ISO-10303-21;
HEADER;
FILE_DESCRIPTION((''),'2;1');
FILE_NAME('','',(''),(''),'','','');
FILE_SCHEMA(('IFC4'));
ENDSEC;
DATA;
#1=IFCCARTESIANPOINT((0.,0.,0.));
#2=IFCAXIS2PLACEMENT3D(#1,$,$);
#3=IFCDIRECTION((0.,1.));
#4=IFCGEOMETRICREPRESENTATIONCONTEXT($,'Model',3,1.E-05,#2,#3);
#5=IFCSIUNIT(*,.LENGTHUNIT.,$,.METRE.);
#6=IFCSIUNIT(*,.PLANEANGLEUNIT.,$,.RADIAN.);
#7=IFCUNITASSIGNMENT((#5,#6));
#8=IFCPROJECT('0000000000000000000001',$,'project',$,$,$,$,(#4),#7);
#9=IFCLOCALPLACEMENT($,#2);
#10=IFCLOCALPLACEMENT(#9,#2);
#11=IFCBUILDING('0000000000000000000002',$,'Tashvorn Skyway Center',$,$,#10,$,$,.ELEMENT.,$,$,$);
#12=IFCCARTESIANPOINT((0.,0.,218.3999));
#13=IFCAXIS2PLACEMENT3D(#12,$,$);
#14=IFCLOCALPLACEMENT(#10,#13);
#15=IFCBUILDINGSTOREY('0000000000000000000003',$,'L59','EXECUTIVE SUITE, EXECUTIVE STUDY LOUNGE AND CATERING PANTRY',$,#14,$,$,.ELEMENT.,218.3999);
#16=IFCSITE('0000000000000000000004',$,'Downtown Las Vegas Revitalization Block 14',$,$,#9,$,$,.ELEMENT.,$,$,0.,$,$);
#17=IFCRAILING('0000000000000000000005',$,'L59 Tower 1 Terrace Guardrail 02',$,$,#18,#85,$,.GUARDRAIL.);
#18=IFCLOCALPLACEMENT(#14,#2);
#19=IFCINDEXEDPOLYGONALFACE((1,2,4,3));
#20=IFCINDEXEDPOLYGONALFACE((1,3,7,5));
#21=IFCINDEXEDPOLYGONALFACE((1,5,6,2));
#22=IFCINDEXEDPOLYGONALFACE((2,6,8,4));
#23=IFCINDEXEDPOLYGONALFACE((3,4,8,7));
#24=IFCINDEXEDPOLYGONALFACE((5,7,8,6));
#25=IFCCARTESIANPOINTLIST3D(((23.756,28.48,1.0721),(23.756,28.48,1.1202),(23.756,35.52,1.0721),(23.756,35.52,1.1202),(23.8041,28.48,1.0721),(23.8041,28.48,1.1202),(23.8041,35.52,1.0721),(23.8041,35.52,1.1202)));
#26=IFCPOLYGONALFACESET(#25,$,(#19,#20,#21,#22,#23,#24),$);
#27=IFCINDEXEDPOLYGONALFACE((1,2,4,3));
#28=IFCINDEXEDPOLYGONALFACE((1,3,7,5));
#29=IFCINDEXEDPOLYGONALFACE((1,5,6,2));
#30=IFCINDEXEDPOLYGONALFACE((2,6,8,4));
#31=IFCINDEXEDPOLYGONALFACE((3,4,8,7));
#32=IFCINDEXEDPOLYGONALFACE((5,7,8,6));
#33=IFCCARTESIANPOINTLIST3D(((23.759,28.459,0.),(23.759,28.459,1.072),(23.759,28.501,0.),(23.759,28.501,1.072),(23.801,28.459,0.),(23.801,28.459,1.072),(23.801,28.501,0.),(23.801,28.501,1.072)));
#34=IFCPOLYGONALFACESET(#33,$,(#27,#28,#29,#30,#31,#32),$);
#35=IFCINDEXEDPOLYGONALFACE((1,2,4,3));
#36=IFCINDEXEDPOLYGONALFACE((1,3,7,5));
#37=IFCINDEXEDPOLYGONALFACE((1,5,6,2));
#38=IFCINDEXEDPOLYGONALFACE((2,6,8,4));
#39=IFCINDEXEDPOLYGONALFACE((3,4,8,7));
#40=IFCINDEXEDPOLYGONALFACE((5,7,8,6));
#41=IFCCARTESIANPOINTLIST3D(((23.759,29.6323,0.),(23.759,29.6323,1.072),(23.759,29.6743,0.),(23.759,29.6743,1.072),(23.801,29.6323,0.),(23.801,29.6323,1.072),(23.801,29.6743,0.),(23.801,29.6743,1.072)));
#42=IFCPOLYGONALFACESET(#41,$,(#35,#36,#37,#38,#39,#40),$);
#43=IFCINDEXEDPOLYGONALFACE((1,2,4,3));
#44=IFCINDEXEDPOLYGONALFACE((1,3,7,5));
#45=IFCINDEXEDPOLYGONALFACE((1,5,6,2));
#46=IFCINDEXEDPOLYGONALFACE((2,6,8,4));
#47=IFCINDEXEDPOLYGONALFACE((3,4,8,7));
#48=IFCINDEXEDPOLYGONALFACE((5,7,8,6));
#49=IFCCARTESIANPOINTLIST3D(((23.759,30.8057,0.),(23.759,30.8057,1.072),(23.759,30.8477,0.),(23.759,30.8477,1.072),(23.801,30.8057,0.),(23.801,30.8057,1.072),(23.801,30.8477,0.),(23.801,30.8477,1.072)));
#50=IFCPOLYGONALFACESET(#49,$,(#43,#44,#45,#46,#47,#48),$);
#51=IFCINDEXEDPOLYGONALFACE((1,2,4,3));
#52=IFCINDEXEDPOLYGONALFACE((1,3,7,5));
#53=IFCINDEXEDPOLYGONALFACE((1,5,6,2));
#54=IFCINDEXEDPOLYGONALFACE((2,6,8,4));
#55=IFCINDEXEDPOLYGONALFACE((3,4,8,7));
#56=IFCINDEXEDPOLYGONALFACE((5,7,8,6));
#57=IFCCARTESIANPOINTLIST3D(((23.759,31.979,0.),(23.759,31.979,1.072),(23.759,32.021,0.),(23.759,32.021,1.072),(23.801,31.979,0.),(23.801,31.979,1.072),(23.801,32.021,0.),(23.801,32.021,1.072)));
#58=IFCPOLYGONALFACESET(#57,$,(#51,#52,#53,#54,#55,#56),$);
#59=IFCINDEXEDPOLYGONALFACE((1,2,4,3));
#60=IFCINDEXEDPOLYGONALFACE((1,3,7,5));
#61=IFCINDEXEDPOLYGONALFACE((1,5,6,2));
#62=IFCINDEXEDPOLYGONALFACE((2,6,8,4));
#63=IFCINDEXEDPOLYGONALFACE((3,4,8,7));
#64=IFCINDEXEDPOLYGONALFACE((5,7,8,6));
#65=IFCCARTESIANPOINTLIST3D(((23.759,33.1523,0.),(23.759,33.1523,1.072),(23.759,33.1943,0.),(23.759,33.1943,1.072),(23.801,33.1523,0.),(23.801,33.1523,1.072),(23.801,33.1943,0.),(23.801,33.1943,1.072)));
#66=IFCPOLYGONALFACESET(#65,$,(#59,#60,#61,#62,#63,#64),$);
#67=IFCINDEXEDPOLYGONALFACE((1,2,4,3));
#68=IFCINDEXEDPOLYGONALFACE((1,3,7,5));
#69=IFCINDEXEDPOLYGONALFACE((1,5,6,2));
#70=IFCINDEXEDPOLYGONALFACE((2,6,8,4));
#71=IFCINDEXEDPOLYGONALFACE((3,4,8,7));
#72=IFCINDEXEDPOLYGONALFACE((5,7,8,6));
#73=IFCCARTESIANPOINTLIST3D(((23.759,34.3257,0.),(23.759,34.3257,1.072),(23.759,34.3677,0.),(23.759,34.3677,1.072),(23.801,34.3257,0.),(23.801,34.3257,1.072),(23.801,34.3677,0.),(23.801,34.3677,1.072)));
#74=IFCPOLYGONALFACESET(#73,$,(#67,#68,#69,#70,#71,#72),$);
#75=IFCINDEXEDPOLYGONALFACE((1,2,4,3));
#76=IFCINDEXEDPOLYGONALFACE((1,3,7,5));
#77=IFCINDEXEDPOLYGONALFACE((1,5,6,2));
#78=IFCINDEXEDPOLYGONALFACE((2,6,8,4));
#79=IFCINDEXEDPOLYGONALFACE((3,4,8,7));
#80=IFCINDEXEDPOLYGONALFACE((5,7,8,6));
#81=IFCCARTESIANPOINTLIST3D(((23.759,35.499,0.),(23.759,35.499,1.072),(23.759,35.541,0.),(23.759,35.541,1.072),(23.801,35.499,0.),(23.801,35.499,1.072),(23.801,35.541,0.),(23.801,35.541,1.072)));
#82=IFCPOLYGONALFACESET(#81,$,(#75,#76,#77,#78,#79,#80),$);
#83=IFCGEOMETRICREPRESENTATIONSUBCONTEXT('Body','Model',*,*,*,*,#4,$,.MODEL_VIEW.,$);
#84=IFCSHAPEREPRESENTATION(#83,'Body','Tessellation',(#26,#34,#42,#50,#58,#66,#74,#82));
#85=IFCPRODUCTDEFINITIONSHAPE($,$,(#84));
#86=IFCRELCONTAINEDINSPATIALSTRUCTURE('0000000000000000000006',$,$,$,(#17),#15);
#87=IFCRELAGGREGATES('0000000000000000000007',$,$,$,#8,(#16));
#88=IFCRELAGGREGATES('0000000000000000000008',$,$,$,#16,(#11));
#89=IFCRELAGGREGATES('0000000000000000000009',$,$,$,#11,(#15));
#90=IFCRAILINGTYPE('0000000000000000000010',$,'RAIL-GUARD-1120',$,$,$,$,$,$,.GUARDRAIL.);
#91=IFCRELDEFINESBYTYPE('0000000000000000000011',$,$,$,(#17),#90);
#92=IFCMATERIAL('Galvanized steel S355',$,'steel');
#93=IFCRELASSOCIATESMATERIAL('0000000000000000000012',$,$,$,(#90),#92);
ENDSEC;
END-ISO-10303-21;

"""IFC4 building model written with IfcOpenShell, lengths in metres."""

from ifc_helpers import new_model, si_unit, direction, frame, origin, origin_2d, place, context, subcontext, project, spatial, rectangle, extrude, material, type_object, element, save


model = new_model("IFC4")

# Units and contexts
model_context = context("Model", 3, precision=1e-05, world=origin(), true_north=direction((0.0, 1.0)))
body_context = subcontext(model_context, "Body", "Model", "MODEL_VIEW")
ifc_project = project(units=[si_unit("LENGTHUNIT", "METRE"), si_unit("PLANEANGLEUNIT", "RADIAN")], contexts=[model_context])

# Site, building, storey
site_placement = place(None, origin())
site = spatial("IfcSite", under=ifc_project, at=site_placement, Name="Downtown Las Vegas Revitalization Block 14", CompositionType="ELEMENT", RefElevation=0.0)
building_placement = place(site_placement, origin())
building = spatial("IfcBuilding", under=site, at=building_placement, Name="Tashvorn Skyway Center", CompositionType="ELEMENT")
storey_placement = place(building_placement, frame((0.0, 0.0, 218.3999)))
storey = spatial("IfcBuildingStorey", under=building, at=storey_placement, Name="L59", Description="EXECUTIVE SUITE, EXECUTIVE STUDY LOUNGE AND CATERING PANTRY", CompositionType="ELEMENT", Elevation=218.3999)

# Railing
ifc_material_1 = material(Name="Galvanized steel S355", Category="steel")
railing_type = type_object("IfcRailingType", Name="RAIL-GUARD-1120", PredefinedType="GUARDRAIL", material=ifc_material_1)
railing_1_placement = place(storey_placement, frame((23.78, 28.48, 0.0)))
element("IfcRailing", 1, at=railing_1_placement, inside=storey, type_object=railing_type, Name="L59 Tower 1 Terrace Guardrail 02", PredefinedType="GUARDRAIL", context=body_context, shape_type="SweptSolid", body=[
    extrude(rectangle(XDim=0.0481, YDim=0.0481, at=origin_2d()), frame((0.0, 0.0, 1.0962), z_axis=(0.0, 1.0, 0.0), x_axis=(-1.0, 0.0, 0.0)), (0.0, 0.0, 1.0), 7.04),
    extrude(rectangle(XDim=0.042, YDim=0.042, at=origin_2d()), origin(), (0.0, 0.0, 1.0), 1.072),
    extrude(rectangle(XDim=0.042, YDim=0.042, at=origin_2d()), frame((0.0, 1.1733, 0.0)), (0.0, 0.0, 1.0), 1.072),
    extrude(rectangle(XDim=0.042, YDim=0.042, at=origin_2d()), frame((0.0, 2.3467, 0.0)), (0.0, 0.0, 1.0), 1.072),
    extrude(rectangle(XDim=0.042, YDim=0.042, at=origin_2d()), frame((0.0, 3.52, 0.0)), (0.0, 0.0, 1.0), 1.072),
    extrude(rectangle(XDim=0.042, YDim=0.042, at=origin_2d()), frame((0.0, 4.6934, 0.0)), (0.0, 0.0, 1.0), 1.072),
    extrude(rectangle(XDim=0.042, YDim=0.042, at=origin_2d()), frame((0.0, 5.8667, 0.0)), (0.0, 0.0, 1.0), 1.072),
    extrude(rectangle(XDim=0.042, YDim=0.042, at=origin_2d()), frame((0.0, 7.04, 0.0)), (0.0, 0.0, 1.0), 1.072),
])

save(model, "model.ifc")
